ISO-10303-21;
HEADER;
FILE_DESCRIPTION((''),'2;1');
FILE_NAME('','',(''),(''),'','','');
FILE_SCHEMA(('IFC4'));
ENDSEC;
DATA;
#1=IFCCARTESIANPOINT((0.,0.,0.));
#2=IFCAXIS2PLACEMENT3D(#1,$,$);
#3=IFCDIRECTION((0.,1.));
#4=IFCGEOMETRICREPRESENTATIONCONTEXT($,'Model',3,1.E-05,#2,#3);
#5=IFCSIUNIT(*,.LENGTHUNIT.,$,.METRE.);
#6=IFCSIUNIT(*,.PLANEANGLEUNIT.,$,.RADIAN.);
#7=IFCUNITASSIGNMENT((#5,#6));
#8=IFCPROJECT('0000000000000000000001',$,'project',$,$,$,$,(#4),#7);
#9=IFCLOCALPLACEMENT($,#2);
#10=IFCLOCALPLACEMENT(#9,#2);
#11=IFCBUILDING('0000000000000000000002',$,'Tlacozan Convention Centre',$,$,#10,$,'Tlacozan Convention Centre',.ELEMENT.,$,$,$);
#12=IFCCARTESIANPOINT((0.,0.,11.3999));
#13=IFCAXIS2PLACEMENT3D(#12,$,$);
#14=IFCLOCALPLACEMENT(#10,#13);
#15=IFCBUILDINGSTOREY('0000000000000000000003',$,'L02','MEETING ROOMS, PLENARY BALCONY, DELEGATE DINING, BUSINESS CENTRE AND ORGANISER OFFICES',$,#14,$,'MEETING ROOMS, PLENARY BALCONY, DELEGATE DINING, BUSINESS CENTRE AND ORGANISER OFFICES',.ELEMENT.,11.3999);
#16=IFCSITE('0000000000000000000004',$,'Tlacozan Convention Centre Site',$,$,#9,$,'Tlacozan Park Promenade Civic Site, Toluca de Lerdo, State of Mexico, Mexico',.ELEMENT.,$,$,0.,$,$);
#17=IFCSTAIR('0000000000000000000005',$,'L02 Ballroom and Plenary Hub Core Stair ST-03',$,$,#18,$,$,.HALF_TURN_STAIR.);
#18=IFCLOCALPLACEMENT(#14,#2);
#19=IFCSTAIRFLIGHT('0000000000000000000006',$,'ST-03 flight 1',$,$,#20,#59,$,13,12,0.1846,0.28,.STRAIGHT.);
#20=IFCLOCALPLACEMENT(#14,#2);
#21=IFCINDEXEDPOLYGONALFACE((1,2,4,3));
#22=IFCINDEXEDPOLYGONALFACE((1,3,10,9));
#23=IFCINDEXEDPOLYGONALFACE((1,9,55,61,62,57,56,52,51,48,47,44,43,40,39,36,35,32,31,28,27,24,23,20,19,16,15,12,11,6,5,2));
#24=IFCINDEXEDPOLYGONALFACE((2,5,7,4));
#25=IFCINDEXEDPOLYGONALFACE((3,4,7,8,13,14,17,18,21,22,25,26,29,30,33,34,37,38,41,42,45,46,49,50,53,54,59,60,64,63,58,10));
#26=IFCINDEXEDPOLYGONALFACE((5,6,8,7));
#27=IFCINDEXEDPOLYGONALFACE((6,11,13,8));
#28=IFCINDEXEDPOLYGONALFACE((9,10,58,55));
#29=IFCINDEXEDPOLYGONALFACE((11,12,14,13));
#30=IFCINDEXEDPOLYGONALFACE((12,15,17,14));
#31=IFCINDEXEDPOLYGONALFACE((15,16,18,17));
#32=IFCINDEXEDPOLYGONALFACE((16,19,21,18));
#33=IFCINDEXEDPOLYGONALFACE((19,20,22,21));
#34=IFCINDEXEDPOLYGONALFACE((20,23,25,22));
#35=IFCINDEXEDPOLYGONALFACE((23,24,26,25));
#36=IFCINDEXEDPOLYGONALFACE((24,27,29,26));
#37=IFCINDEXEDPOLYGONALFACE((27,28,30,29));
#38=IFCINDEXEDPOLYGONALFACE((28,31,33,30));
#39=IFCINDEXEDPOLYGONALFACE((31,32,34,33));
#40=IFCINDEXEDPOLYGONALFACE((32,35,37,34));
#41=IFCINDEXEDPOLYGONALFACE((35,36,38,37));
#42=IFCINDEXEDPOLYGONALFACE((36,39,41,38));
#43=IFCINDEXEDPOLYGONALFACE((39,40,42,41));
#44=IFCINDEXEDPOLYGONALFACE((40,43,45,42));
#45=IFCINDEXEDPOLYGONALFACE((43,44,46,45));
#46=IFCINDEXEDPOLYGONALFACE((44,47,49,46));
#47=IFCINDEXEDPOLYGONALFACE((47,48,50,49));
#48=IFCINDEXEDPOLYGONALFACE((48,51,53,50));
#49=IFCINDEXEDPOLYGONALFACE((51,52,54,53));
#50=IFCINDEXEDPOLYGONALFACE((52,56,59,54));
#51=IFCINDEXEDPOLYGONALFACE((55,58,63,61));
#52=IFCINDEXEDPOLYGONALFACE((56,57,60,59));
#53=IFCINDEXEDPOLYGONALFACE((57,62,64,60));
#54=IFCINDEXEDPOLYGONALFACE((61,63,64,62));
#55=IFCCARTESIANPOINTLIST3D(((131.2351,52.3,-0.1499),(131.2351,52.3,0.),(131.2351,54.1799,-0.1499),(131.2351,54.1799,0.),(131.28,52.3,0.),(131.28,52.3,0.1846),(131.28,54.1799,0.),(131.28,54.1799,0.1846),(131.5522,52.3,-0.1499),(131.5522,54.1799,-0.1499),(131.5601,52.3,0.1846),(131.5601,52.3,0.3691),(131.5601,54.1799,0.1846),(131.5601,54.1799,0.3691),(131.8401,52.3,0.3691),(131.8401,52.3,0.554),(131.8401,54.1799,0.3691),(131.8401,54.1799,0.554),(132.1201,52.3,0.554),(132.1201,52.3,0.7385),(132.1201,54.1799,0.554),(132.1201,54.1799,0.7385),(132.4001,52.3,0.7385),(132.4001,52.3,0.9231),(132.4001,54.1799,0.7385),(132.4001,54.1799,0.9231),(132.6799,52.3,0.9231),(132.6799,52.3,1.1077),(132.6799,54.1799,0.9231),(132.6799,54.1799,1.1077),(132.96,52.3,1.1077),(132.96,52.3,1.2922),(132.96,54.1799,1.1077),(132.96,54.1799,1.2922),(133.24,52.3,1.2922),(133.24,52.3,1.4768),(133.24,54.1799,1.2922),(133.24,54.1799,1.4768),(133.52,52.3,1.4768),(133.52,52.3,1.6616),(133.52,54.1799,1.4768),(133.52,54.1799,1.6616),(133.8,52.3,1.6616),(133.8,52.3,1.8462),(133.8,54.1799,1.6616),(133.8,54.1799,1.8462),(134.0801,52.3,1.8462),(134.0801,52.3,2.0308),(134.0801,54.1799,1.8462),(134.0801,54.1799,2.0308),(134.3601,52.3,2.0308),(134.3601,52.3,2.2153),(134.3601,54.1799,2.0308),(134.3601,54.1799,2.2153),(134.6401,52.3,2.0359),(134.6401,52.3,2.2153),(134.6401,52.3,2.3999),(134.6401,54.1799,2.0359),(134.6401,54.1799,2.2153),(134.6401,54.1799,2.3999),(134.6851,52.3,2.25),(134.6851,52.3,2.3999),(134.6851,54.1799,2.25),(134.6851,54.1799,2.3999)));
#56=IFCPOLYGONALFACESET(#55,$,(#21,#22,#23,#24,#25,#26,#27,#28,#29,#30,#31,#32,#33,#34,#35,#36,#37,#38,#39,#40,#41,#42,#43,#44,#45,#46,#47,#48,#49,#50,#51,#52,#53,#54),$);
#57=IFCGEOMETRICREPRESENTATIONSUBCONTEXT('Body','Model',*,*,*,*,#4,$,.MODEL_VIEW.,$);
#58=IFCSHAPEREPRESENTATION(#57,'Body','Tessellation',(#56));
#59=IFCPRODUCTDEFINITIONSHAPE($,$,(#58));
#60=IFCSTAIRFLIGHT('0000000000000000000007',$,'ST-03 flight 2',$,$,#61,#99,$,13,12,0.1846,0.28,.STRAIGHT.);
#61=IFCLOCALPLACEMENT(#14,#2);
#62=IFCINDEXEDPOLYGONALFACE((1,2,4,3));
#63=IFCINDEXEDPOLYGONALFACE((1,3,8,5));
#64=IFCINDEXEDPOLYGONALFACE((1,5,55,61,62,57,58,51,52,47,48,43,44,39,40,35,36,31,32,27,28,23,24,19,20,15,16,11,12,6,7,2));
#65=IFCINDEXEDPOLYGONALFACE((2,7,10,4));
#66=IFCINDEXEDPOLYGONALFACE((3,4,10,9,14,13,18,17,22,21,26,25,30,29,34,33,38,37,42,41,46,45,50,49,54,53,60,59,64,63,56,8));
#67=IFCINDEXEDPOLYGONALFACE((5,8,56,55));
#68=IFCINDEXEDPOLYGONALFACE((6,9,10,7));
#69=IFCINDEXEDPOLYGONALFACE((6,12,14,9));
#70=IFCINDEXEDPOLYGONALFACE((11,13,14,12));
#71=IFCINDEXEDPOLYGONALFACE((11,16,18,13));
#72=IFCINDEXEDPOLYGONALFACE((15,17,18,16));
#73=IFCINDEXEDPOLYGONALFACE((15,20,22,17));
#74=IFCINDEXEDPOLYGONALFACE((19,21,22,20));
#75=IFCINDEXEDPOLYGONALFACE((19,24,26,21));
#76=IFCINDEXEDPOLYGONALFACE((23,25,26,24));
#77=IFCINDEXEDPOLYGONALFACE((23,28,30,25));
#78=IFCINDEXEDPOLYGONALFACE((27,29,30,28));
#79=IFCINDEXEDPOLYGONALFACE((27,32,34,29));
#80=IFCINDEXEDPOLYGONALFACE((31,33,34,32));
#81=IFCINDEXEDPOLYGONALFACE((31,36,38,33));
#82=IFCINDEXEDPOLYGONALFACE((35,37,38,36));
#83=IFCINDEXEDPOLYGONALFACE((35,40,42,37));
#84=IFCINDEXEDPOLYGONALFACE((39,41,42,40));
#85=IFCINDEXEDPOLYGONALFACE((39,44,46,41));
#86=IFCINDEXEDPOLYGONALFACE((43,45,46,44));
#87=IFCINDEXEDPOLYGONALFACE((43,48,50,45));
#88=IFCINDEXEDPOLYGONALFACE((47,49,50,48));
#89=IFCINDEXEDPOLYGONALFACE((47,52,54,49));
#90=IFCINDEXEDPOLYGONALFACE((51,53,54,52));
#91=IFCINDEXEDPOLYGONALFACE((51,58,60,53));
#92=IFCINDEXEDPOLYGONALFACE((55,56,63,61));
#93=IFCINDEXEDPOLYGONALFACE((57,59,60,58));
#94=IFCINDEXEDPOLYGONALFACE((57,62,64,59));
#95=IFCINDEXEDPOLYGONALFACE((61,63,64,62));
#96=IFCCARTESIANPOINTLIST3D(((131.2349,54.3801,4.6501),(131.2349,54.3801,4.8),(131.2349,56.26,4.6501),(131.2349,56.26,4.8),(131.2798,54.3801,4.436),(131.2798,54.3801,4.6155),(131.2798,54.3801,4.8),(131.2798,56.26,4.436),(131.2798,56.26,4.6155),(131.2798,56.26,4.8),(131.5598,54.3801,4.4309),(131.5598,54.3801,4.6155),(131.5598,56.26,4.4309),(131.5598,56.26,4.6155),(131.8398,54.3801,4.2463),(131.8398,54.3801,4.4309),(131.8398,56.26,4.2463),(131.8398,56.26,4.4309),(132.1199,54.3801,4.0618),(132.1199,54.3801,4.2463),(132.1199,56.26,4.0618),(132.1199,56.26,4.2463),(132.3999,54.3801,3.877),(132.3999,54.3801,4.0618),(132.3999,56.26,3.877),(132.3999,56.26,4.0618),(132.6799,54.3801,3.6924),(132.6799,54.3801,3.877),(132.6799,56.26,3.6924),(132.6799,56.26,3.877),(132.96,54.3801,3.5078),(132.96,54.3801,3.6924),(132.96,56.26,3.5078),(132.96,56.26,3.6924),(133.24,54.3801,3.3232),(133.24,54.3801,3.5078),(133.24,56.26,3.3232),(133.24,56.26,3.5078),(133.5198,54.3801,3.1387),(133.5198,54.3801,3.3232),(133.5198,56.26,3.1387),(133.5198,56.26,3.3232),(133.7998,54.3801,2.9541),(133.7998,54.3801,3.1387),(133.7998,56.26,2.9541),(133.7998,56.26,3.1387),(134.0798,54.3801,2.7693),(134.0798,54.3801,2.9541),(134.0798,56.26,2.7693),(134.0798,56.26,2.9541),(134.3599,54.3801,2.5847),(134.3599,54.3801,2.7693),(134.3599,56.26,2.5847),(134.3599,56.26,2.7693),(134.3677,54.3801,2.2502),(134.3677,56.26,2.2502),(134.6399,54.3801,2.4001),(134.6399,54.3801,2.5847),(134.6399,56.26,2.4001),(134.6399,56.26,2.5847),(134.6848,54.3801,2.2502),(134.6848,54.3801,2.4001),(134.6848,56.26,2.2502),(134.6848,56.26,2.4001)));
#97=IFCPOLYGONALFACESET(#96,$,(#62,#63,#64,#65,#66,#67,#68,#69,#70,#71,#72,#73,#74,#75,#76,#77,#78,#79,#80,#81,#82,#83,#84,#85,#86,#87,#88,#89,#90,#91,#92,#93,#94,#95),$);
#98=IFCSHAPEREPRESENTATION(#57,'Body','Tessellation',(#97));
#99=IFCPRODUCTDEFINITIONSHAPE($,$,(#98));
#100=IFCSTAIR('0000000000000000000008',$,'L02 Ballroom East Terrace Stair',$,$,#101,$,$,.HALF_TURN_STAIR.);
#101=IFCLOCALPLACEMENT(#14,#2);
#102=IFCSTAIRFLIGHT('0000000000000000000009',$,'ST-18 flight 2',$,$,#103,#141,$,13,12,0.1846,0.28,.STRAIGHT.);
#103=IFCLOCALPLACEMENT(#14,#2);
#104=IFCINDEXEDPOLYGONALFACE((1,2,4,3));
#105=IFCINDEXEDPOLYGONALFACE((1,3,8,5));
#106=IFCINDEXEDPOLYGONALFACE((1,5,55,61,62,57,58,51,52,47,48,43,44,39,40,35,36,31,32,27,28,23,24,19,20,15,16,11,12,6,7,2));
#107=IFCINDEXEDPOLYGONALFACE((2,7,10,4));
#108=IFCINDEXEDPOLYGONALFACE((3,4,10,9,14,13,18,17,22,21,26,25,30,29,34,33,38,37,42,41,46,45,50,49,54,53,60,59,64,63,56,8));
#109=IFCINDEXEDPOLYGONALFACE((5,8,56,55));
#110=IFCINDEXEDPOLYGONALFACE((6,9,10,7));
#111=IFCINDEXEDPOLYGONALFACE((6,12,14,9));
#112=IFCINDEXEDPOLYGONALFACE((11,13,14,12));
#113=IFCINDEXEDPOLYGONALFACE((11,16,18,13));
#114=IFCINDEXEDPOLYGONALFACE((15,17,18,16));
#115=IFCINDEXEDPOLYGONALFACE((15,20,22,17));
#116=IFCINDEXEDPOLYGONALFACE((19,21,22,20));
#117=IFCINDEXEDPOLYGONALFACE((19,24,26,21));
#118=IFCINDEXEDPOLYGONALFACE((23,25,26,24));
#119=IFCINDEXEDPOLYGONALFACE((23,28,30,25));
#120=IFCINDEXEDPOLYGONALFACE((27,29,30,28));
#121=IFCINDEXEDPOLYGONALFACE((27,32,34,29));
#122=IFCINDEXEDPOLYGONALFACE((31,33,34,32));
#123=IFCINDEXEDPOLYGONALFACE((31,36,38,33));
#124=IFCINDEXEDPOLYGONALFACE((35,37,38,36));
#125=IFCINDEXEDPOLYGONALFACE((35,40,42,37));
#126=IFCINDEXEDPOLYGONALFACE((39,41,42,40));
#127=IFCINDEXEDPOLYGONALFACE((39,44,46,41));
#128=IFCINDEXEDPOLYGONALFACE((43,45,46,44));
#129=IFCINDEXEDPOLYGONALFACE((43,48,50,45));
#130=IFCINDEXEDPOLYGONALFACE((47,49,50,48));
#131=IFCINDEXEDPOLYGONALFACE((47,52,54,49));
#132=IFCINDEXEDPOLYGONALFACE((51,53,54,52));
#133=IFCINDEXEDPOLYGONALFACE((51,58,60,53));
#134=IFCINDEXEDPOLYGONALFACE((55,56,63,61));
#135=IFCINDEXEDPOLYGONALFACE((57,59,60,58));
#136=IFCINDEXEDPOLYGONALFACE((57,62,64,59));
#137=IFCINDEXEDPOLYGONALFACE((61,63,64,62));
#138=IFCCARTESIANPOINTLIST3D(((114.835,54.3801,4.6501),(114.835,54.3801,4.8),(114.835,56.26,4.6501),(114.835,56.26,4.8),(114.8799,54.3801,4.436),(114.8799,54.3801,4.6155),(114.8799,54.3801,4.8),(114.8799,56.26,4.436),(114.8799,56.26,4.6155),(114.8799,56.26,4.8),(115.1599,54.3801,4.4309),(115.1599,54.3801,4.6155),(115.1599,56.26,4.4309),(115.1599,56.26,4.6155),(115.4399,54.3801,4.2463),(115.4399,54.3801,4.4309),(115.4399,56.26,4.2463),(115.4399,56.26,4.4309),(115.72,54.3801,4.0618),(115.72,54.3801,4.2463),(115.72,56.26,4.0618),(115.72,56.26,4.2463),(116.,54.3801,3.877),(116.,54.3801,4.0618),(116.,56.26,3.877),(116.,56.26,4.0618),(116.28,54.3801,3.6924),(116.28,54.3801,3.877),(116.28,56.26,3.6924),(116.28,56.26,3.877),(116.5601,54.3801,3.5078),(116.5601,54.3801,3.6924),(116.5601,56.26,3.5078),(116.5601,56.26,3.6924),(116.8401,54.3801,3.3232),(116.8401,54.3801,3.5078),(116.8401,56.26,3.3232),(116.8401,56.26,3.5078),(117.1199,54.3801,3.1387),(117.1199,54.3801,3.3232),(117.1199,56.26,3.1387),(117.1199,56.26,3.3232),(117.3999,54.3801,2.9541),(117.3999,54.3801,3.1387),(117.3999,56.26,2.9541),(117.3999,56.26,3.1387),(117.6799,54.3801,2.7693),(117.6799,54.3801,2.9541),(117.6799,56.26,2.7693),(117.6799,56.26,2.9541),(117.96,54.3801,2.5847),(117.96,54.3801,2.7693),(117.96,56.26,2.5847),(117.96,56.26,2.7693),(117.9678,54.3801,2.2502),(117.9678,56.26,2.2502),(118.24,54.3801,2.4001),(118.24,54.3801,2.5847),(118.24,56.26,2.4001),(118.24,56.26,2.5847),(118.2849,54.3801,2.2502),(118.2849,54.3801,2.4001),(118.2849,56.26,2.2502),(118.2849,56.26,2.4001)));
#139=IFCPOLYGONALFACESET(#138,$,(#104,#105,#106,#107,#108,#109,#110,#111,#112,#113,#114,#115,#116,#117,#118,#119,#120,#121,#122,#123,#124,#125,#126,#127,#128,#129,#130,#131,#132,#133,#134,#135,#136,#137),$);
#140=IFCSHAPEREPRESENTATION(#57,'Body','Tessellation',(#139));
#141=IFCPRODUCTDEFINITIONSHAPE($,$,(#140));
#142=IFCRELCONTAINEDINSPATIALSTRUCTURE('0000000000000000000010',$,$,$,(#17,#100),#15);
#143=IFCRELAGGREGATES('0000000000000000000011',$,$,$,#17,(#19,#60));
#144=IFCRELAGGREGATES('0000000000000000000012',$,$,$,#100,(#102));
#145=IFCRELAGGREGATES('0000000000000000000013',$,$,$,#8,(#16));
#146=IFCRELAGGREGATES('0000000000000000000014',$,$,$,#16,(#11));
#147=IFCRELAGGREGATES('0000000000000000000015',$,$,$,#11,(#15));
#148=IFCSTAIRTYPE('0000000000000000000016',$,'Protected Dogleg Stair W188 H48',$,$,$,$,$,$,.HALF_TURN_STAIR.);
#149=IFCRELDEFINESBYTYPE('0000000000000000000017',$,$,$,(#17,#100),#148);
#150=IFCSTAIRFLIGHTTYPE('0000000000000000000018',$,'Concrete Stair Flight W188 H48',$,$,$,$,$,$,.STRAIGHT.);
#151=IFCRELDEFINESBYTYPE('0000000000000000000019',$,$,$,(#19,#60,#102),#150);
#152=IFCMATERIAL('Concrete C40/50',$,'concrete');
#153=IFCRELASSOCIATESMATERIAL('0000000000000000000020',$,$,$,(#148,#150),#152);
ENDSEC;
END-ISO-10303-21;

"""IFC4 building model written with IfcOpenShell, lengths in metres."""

from ifc_helpers import new_model, si_unit, direction, frame, origin, place, context, subcontext, project, spatial, polyline, outline, extrude, material, type_object, element, aggregate, save


model = new_model("IFC4")

# Units and contexts
model_context = context("Model", 3, precision=1e-05, world=origin(), true_north=direction((0.0, 1.0)))
body_context = subcontext(model_context, "Body", "Model", "MODEL_VIEW")
ifc_project = project(units=[si_unit("LENGTHUNIT", "METRE"), si_unit("PLANEANGLEUNIT", "RADIAN")], contexts=[model_context])

# Site, building, storey
site_placement = place(None, origin())
site = spatial("IfcSite", under=ifc_project, at=site_placement, Name="Tlacozan Convention Centre Site", LongName="Tlacozan Park Promenade Civic Site, Toluca de Lerdo, State of Mexico, Mexico", CompositionType="ELEMENT", RefElevation=0.0)
building_placement = place(site_placement, origin())
building = spatial("IfcBuilding", under=site, at=building_placement, Name="Tlacozan Convention Centre", LongName="Tlacozan Convention Centre", CompositionType="ELEMENT")
storey_placement = place(building_placement, frame((0.0, 0.0, 11.3999)))
storey = spatial("IfcBuildingStorey", under=building, at=storey_placement, Name="L02", Description="MEETING ROOMS, PLENARY BALCONY, DELEGATE DINING, BUSINESS CENTRE AND ORGANISER OFFICES", LongName="MEETING ROOMS, PLENARY BALCONY, DELEGATE DINING, BUSINESS CENTRE AND ORGANISER OFFICES", CompositionType="ELEMENT", Elevation=11.3999)

# Shared definitions
ifc_material_1 = material(Name="Concrete C40/50", Category="concrete")

# Stair, stair flights
stair_type = type_object("IfcStairType", Name="Protected Dogleg Stair W188 H48", PredefinedType="HALF_TURN_STAIR", material=ifc_material_1)
stair_1_placement = place(storey_placement, origin())
stair_1 = element("IfcStair", 1, at=stair_1_placement, inside=storey, type_object=stair_type, Name="L02 Ballroom and Plenary Hub Core Stair ST-03", PredefinedType="HALF_TURN_STAIR")
stair_flight_type = type_object("IfcStairFlightType", Name="Concrete Stair Flight W188 H48", PredefinedType="STRAIGHT", material=ifc_material_1)
stair_flight_1_placement = place(storey_placement, frame((131.28, 53.24, 0.0), z_axis=(0.0, 0.0, 1.0), x_axis=(1.0, 0.0, 0.0)))
stair_flight_1 = element("IfcStairFlight", 2, at=stair_flight_1_placement, type_object=stair_flight_type, Name="ST-03 flight 1", NumberOfRisers=13, NumberOfTreads=12, PredefinedType="STRAIGHT", RiserHeight=0.1846, TreadLength=0.28, context=body_context, shape_type="SweptSolid", body=[
    extrude(outline(polyline([(-0.0449, -0.1499), (-0.0449, 0.0), (0.0, 0.0), (0.0, 0.1846), (0.28, 0.1846), (0.28, 0.3691), (0.5601, 0.3691), (0.5601, 0.554), (0.8401, 0.554), (0.8401, 0.7385), (1.1201, 0.7385), (1.1201, 0.9231), (1.3999, 0.9231), (1.3999, 1.1077), (1.6799, 1.1077), (1.6799, 1.2922), (1.96, 1.2922), (1.96, 1.4768), (2.24, 1.4768), (2.24, 1.6616), (2.52, 1.6616), (2.52, 1.8462), (2.8, 1.8462), (2.8, 2.0308), (3.0801, 2.0308), (3.0801, 2.2153), (3.3601, 2.2153), (3.3601, 2.3999), (3.405, 2.3999), (3.405, 2.25), (3.3601, 2.0359), (0.2722, -0.1499), (-0.0449, -0.1499)])), frame((0.0, 0.9399, 0.0), z_axis=(0.0, -1.0, 0.0), x_axis=(1.0, 0.0, 0.0)), (0.0, 0.0, 1.0), 1.8799),
])
stair_flight_2_placement = place(storey_placement, frame((134.6399, 55.3201, 2.4001), z_axis=(0.0, 0.0, 1.0), x_axis=(-1.0, 0.0, 0.0)))
stair_flight_2 = element("IfcStairFlight", 3, at=stair_flight_2_placement, type_object=stair_flight_type, Name="ST-03 flight 2", NumberOfRisers=13, NumberOfTreads=12, PredefinedType="STRAIGHT", RiserHeight=0.1846, TreadLength=0.28, context=body_context, shape_type="SweptSolid", body=[
    extrude(outline(polyline([(-0.0449, -0.1499), (-0.0449, 0.0), (0.0, 0.0), (0.0, 0.1846), (0.28, 0.1846), (0.28, 0.3691), (0.5601, 0.3691), (0.5601, 0.554), (0.8401, 0.554), (0.8401, 0.7385), (1.1201, 0.7385), (1.1201, 0.9231), (1.3999, 0.9231), (1.3999, 1.1077), (1.6799, 1.1077), (1.6799, 1.2922), (1.96, 1.2922), (1.96, 1.4768), (2.24, 1.4768), (2.24, 1.6616), (2.52, 1.6616), (2.52, 1.8462), (2.8, 1.8462), (2.8, 2.0308), (3.0801, 2.0308), (3.0801, 2.2153), (3.3601, 2.2153), (3.3601, 2.3999), (3.405, 2.3999), (3.405, 2.25), (3.3601, 2.0359), (0.2722, -0.1499), (-0.0449, -0.1499)])), frame((0.0, 0.9399, 0.0), z_axis=(0.0, -1.0, 0.0), x_axis=(1.0, 0.0, 0.0)), (0.0, 0.0, 1.0), 1.8799),
])
aggregate(stair_1, [stair_flight_1, stair_flight_2])

# Stair, stair flight
stair_2_placement = place(storey_placement, origin())
stair_2 = element("IfcStair", 4, at=stair_2_placement, inside=storey, type_object=stair_type, Name="L02 Ballroom East Terrace Stair", PredefinedType="HALF_TURN_STAIR")
stair_flight_3_placement = place(storey_placement, frame((118.24, 55.3201, 2.4001), z_axis=(0.0, 0.0, 1.0), x_axis=(-1.0, 0.0, 0.0)))
stair_flight_3 = element("IfcStairFlight", 5, at=stair_flight_3_placement, type_object=stair_flight_type, Name="ST-18 flight 2", NumberOfRisers=13, NumberOfTreads=12, PredefinedType="STRAIGHT", RiserHeight=0.1846, TreadLength=0.28, context=body_context, shape_type="SweptSolid", body=[
    extrude(outline(polyline([(-0.0449, -0.1499), (-0.0449, 0.0), (0.0, 0.0), (0.0, 0.1846), (0.28, 0.1846), (0.28, 0.3691), (0.5601, 0.3691), (0.5601, 0.554), (0.8401, 0.554), (0.8401, 0.7385), (1.1201, 0.7385), (1.1201, 0.9231), (1.3999, 0.9231), (1.3999, 1.1077), (1.6799, 1.1077), (1.6799, 1.2922), (1.96, 1.2922), (1.96, 1.4768), (2.24, 1.4768), (2.24, 1.6616), (2.52, 1.6616), (2.52, 1.8462), (2.8, 1.8462), (2.8, 2.0308), (3.0801, 2.0308), (3.0801, 2.2153), (3.3601, 2.2153), (3.3601, 2.3999), (3.405, 2.3999), (3.405, 2.25), (3.3601, 2.0359), (0.2722, -0.1499), (-0.0449, -0.1499)])), frame((0.0, 0.9399, 0.0), z_axis=(0.0, -1.0, 0.0), x_axis=(1.0, 0.0, 0.0)), (0.0, 0.0, 1.0), 1.8799),
])
aggregate(stair_2, [stair_flight_3])

save(model, "model.ifc")
